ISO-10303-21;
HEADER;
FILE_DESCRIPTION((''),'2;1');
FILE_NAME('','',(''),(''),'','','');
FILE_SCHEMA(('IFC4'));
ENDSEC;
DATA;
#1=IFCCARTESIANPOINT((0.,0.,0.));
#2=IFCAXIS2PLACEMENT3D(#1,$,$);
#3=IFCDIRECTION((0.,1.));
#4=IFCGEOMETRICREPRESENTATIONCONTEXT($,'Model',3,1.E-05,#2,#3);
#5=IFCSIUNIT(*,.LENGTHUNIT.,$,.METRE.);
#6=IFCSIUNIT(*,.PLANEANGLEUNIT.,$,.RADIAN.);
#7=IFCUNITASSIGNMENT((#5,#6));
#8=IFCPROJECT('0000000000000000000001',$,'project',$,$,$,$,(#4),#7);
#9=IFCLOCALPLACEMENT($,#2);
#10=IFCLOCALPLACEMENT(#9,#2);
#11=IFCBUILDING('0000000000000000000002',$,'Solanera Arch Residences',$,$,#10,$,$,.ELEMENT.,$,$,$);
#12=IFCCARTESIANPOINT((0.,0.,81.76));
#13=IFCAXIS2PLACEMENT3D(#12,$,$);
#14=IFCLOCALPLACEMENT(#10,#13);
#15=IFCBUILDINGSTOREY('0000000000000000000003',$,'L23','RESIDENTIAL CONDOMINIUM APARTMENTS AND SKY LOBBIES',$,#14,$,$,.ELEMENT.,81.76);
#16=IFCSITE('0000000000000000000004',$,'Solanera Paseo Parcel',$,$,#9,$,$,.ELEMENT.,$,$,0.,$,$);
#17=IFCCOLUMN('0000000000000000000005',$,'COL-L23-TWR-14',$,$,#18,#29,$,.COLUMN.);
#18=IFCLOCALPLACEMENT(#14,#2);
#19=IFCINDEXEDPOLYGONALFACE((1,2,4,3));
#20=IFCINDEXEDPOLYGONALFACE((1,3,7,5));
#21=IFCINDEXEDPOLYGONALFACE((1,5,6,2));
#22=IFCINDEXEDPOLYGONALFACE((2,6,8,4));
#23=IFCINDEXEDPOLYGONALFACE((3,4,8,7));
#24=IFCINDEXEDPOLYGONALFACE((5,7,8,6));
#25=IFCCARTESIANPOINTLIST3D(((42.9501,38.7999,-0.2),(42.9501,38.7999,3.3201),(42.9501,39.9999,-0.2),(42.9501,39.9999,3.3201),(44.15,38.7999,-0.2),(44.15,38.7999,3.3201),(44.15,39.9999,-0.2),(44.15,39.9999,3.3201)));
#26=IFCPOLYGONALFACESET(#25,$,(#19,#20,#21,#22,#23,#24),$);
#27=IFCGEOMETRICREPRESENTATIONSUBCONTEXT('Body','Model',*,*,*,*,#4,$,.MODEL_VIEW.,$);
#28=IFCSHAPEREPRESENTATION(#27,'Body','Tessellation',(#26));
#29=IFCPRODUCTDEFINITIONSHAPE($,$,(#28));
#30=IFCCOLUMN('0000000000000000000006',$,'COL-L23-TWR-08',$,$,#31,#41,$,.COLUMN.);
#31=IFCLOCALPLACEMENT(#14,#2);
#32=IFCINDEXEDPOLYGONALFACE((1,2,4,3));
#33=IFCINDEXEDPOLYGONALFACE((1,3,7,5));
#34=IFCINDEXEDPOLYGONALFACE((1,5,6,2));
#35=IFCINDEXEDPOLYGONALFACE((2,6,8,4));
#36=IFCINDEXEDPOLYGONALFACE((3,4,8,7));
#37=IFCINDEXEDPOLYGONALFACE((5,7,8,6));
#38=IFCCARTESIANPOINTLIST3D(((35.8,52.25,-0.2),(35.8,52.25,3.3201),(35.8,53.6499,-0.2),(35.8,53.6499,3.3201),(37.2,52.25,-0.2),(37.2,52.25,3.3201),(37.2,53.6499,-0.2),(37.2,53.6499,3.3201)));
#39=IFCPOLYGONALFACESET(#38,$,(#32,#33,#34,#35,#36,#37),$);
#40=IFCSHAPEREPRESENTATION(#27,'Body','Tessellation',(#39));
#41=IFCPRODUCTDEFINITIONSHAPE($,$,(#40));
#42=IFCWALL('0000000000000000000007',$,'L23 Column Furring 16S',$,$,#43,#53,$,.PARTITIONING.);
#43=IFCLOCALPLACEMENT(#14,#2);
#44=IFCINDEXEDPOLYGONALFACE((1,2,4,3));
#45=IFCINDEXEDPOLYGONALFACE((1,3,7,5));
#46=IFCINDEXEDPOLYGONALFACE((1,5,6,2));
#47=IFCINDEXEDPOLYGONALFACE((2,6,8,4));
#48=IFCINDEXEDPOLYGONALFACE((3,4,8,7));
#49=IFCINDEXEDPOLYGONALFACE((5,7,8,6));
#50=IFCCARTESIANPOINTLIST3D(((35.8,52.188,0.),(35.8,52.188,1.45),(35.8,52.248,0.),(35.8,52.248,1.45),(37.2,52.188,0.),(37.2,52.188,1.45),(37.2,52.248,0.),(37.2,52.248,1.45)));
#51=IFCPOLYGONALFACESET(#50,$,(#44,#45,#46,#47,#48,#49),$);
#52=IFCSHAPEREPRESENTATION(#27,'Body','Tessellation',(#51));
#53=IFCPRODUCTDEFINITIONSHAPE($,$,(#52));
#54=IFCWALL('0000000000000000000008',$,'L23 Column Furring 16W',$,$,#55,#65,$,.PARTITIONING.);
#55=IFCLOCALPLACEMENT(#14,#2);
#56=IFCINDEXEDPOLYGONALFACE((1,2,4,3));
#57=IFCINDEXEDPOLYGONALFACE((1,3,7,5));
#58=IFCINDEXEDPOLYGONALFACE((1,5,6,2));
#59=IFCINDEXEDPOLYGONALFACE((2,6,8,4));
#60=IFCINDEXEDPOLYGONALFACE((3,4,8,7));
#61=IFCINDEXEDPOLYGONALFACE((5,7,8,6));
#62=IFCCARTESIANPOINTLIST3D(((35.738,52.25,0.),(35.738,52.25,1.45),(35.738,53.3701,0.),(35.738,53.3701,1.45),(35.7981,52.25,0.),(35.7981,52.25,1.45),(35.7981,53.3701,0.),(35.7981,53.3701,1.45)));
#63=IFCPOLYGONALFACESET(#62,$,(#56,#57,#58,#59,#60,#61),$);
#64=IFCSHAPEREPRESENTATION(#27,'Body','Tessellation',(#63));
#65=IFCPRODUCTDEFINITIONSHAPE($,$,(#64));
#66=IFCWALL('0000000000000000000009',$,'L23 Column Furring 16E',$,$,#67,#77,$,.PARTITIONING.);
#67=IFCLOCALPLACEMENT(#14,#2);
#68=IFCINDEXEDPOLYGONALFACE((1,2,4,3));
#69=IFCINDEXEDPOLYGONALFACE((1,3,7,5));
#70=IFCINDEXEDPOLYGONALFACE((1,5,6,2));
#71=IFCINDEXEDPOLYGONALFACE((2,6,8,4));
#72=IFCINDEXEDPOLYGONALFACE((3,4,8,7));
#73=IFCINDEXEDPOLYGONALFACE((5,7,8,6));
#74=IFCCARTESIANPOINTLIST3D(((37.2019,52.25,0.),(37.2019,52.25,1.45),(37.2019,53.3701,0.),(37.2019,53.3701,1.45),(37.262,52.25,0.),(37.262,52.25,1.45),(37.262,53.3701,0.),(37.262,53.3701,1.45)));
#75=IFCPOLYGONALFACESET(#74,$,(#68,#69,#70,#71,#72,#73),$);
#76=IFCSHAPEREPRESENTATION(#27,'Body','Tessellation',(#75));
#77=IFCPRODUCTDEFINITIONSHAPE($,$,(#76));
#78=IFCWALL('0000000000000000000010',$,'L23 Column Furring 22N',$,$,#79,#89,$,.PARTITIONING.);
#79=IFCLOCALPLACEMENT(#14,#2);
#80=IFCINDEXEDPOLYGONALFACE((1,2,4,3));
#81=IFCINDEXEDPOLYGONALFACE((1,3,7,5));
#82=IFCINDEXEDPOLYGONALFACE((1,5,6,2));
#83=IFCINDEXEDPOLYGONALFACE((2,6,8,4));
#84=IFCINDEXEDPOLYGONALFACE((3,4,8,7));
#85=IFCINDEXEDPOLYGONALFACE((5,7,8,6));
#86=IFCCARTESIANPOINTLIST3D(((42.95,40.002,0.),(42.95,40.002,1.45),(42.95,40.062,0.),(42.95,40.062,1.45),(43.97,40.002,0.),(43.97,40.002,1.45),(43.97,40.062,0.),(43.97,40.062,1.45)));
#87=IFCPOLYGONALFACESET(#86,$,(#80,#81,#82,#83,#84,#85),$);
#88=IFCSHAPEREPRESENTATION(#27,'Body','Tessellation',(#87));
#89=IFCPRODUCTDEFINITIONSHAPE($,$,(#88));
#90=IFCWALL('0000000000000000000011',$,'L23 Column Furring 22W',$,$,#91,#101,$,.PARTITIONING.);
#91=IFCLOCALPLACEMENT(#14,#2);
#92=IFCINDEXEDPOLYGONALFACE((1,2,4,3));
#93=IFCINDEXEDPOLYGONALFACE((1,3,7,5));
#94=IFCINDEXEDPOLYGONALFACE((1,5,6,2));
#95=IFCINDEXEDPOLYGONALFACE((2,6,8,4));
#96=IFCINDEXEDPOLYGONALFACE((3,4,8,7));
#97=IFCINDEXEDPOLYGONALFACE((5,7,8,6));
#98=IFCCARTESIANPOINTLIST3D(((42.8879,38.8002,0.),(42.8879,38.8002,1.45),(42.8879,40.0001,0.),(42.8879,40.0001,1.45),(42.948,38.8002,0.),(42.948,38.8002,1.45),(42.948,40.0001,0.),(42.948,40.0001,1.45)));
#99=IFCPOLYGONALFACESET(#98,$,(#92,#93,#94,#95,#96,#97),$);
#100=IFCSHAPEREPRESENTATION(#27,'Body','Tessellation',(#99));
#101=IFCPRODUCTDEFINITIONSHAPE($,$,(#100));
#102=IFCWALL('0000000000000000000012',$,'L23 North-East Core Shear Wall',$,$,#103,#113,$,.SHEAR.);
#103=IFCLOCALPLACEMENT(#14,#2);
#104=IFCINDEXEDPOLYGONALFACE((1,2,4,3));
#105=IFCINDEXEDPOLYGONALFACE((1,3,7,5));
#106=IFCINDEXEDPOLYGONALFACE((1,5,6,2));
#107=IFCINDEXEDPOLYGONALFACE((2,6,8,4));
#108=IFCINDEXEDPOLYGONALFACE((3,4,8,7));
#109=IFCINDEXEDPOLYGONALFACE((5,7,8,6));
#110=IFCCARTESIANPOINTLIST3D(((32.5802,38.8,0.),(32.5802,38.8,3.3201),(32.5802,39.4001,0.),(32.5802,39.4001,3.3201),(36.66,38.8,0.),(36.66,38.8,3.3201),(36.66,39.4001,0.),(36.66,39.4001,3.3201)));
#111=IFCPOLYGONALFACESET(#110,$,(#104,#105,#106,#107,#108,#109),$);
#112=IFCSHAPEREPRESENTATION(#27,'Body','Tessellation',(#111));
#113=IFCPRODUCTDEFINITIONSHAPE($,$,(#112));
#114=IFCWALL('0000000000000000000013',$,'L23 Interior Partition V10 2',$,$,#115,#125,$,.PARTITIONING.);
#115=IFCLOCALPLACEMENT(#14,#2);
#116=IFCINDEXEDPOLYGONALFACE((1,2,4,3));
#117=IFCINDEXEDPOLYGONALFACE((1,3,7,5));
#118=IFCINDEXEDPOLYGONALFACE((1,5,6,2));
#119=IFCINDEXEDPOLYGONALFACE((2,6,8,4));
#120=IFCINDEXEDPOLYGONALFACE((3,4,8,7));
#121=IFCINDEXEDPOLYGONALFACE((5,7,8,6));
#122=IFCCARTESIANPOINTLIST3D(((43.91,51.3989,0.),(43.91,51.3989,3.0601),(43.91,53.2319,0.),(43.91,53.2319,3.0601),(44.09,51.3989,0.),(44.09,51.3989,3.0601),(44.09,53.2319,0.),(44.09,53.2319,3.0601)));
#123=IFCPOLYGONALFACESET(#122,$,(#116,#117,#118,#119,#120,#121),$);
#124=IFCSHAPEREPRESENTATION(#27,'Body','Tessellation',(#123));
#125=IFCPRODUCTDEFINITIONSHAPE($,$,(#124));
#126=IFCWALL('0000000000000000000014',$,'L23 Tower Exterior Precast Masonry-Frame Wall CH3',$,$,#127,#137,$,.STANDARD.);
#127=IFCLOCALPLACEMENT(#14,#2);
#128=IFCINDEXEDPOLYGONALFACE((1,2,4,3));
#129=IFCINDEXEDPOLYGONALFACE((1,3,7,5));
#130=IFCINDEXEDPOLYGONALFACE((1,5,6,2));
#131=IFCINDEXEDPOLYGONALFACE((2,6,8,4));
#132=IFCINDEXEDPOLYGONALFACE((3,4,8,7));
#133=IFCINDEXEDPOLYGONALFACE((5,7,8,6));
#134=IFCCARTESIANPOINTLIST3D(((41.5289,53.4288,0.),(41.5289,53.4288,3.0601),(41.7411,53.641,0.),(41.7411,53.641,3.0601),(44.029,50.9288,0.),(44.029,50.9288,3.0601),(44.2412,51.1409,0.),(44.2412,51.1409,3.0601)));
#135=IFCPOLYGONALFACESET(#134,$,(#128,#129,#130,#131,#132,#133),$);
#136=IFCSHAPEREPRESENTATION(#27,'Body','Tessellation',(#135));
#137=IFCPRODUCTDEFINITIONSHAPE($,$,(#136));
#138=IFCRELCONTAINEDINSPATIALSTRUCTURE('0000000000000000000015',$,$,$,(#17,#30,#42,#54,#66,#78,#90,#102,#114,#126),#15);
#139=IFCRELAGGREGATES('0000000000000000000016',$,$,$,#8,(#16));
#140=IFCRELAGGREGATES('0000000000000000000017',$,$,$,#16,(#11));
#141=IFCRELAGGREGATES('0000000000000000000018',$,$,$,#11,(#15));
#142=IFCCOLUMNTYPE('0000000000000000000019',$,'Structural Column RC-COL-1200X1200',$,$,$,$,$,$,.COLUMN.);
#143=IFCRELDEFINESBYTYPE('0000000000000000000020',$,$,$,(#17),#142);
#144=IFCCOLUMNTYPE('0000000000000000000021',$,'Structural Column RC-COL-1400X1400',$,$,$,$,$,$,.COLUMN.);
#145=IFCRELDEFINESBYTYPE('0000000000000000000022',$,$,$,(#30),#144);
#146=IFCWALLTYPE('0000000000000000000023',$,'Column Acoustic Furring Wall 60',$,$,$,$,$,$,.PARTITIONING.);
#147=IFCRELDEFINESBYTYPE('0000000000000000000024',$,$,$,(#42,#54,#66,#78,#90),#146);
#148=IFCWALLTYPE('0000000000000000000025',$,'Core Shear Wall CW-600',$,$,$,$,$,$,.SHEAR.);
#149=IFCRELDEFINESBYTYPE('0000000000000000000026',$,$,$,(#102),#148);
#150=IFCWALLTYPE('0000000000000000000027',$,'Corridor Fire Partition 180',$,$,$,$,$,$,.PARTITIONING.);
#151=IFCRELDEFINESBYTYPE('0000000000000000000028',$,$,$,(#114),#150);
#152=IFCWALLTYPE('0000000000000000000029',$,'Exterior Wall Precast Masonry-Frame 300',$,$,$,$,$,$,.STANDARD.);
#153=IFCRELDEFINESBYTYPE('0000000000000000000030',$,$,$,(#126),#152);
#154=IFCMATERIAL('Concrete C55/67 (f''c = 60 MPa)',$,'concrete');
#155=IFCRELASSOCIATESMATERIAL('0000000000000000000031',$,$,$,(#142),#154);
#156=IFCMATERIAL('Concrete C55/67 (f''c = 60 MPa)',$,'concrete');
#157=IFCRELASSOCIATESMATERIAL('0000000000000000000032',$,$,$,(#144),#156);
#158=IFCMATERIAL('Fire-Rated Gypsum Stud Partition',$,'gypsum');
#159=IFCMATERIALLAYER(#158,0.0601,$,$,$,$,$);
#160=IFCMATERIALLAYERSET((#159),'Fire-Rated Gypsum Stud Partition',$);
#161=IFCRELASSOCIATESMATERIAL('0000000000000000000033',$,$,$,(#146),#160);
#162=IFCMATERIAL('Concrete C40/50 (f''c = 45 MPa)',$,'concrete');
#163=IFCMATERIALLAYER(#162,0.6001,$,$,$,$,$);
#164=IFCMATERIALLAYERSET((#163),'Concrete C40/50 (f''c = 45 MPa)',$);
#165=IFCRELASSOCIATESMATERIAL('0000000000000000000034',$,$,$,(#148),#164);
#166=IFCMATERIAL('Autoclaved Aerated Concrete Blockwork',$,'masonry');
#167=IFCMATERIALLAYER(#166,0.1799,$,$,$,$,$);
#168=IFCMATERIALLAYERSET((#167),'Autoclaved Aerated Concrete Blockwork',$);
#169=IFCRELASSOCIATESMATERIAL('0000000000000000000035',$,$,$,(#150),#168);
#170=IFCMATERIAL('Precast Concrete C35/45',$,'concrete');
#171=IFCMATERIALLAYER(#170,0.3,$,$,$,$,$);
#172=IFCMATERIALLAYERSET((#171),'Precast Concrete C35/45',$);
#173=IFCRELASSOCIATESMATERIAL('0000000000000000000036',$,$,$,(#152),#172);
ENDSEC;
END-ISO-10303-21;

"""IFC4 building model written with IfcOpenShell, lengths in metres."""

from ifc_helpers import new_model, si_unit, direction, frame, frame_2d, origin, origin_2d, place, context, subcontext, project, spatial, rectangle, extrude, material, layer, layer_set, material_profile, profile_set, type_object, element, save


model = new_model("IFC4")

# Units and contexts
model_context = context("Model", 3, precision=1e-05, world=origin(), true_north=direction((0.0, 1.0)))
body_context = subcontext(model_context, "Body", "Model", "MODEL_VIEW")
ifc_project = project(units=[si_unit("LENGTHUNIT", "METRE"), si_unit("PLANEANGLEUNIT", "RADIAN")], contexts=[model_context])

# Site, building, storey
site_placement = place(None, origin())
site = spatial("IfcSite", under=ifc_project, at=site_placement, Name="Solanera Paseo Parcel", CompositionType="ELEMENT", RefElevation=0.0)
building_placement = place(site_placement, origin())
building = spatial("IfcBuilding", under=site, at=building_placement, Name="Solanera Arch Residences", CompositionType="ELEMENT")
storey_placement = place(building_placement, frame((0.0, 0.0, 81.76)))
storey = spatial("IfcBuildingStorey", under=building, at=storey_placement, Name="L23", Description="RESIDENTIAL CONDOMINIUM APARTMENTS AND SKY LOBBIES", CompositionType="ELEMENT", Elevation=81.76)

# Columns
ifc_material_1 = material(Name="Concrete C55/67 (f'c = 60 MPa)", Category="concrete")
ifc_material_profile_1 = material_profile(ifc_material_1, rectangle(XDim=1.2, YDim=1.2, at=origin_2d()))
ifc_profile_set_1 = profile_set([ifc_material_profile_1], Name="Concrete C55/67 (f'c = 60 MPa)")
column_type_1 = type_object("IfcColumnType", Name="Structural Column RC-COL-1200X1200", PredefinedType="COLUMN", material=ifc_profile_set_1)
column_1_placement = place(storey_placement, frame((43.55, 39.3999, -0.2), z_axis=(0.0, 0.0, 1.0), x_axis=(1.0, 0.0, 0.0)))
element("IfcColumn", 1, at=column_1_placement, inside=storey, type_object=column_type_1, Name="COL-L23-TWR-14", PredefinedType="COLUMN", context=body_context, shape_type="SweptSolid", body=[
    extrude(rectangle(XDim=1.2, YDim=1.2, at=origin_2d()), origin(), (0.0, 0.0, 1.0), 3.52),
])
ifc_material_2 = material(Name="Concrete C55/67 (f'c = 60 MPa)", Category="concrete")
ifc_material_profile_2 = material_profile(ifc_material_2, rectangle(XDim=1.3999, YDim=1.3999, at=origin_2d()))
ifc_profile_set_2 = profile_set([ifc_material_profile_2], Name="Concrete C55/67 (f'c = 60 MPa)")
column_type_2 = type_object("IfcColumnType", Name="Structural Column RC-COL-1400X1400", PredefinedType="COLUMN", material=ifc_profile_set_2)
column_2_placement = place(storey_placement, frame((36.5, 52.95, -0.2), z_axis=(0.0, 0.0, 1.0), x_axis=(1.0, 0.0, 0.0)))
element("IfcColumn", 2, at=column_2_placement, inside=storey, type_object=column_type_2, Name="COL-L23-TWR-08", PredefinedType="COLUMN", context=body_context, shape_type="SweptSolid", body=[
    extrude(rectangle(XDim=1.3999, YDim=1.3999, at=origin_2d()), origin(), (0.0, 0.0, 1.0), 3.52),
])

# Walls
ifc_material_3 = material(Name="Fire-Rated Gypsum Stud Partition", Category="gypsum")
ifc_layer_1 = layer(ifc_material_3, 0.0601)
ifc_layer_set_1 = layer_set([ifc_layer_1], Name="Fire-Rated Gypsum Stud Partition")
wall_type_1 = type_object("IfcWallType", Name="Column Acoustic Furring Wall 60", PredefinedType="PARTITIONING", material=ifc_layer_set_1)
wall_1_placement = place(storey_placement, frame((35.8, 52.218, 0.0), z_axis=(0.0, 0.0, 1.0), x_axis=(1.0, 0.0, 0.0)))
element("IfcWall", 3, at=wall_1_placement, inside=storey, type_object=wall_type_1, Name="L23 Column Furring 16S", PredefinedType="PARTITIONING", context=body_context, shape_type="SweptSolid", body=[
    extrude(rectangle(XDim=1.3999, YDim=0.0601, at=frame_2d((0.7, 0.0))), origin(), (0.0, 0.0, 1.0), 1.45),
])
for number, where, z_axis, x_axis, name in (
    (4, (35.7681, 52.25, 0.0), (0.0, 0.0, 1.0), (0.0, 1.0, 0.0), "L23 Column Furring 16W"),
    (5, (37.2319, 52.25, 0.0), (0.0, 0.0, 1.0), (0.0, 1.0, 0.0), "L23 Column Furring 16E"),
):
    element("IfcWall", number, at=place(storey_placement, frame(where, z_axis=z_axis, x_axis=x_axis)), inside=storey, type_object=wall_type_1, Name=name, PredefinedType="PARTITIONING", context=body_context, shape_type="SweptSolid", body=[
        extrude(rectangle(XDim=1.1201, YDim=0.0601, at=frame_2d((0.5601, 0.0))), origin(), (0.0, 0.0, 1.0), 1.45),
    ])
wall_2_placement = place(storey_placement, frame((42.95, 40.032, 0.0), z_axis=(0.0, 0.0, 1.0), x_axis=(1.0, 0.0, 0.0)))
element("IfcWall", 6, at=wall_2_placement, inside=storey, type_object=wall_type_1, Name="L23 Column Furring 22N", PredefinedType="PARTITIONING", context=body_context, shape_type="SweptSolid", body=[
    extrude(rectangle(XDim=1.02, YDim=0.0601, at=frame_2d((0.51, 0.0))), origin(), (0.0, 0.0, 1.0), 1.45),
])
wall_3_placement = place(storey_placement, frame((42.918, 38.8, 0.0), z_axis=(0.0, 0.0, 1.0), x_axis=(0.0, 1.0, 0.0)))
element("IfcWall", 7, at=wall_3_placement, inside=storey, type_object=wall_type_1, Name="L23 Column Furring 22W", PredefinedType="PARTITIONING", context=body_context, shape_type="SweptSolid", body=[
    extrude(rectangle(XDim=1.2, YDim=0.0601, at=frame_2d((0.6001, 0.0))), origin(), (0.0, 0.0, 1.0), 1.45),
])
ifc_material_4 = material(Name="Concrete C40/50 (f'c = 45 MPa)", Category="concrete")
ifc_layer_2 = layer(ifc_material_4, 0.6001)
ifc_layer_set_2 = layer_set([ifc_layer_2], Name="Concrete C40/50 (f'c = 45 MPa)")
wall_type_2 = type_object("IfcWallType", Name="Core Shear Wall CW-600", PredefinedType="SHEAR", material=ifc_layer_set_2)
wall_4_placement = place(storey_placement, frame((32.5801, 39.1001, 0.0), z_axis=(0.0, 0.0, 1.0), x_axis=(1.0, 0.0, 0.0)))
element("IfcWall", 8, at=wall_4_placement, inside=storey, type_object=wall_type_2, Name="L23 North-East Core Shear Wall", PredefinedType="SHEAR", context=body_context, shape_type="SweptSolid", body=[
    extrude(rectangle(XDim=4.0798, YDim=0.6001, at=frame_2d((2.04, 0.0))), origin(), (0.0, 0.0, 1.0), 3.3201),
])
ifc_material_5 = material(Name="Autoclaved Aerated Concrete Blockwork", Category="masonry")
ifc_layer_3 = layer(ifc_material_5, 0.1799)
ifc_layer_set_3 = layer_set([ifc_layer_3], Name="Autoclaved Aerated Concrete Blockwork")
wall_type_3 = type_object("IfcWallType", Name="Corridor Fire Partition 180", PredefinedType="PARTITIONING", material=ifc_layer_set_3)
wall_5_placement = place(storey_placement, frame((44.0, 51.3989, 0.0), z_axis=(0.0, 0.0, 1.0), x_axis=(0.0, 1.0, 0.0)))
element("IfcWall", 9, at=wall_5_placement, inside=storey, type_object=wall_type_3, Name="L23 Interior Partition V10 2", PredefinedType="PARTITIONING", context=body_context, shape_type="SweptSolid", body=[
    extrude(rectangle(XDim=1.833, YDim=0.1799, at=frame_2d((0.9165, 0.0))), origin(), (0.0, 0.0, 1.0), 3.0601),
])
ifc_material_6 = material(Name="Precast Concrete C35/45", Category="concrete")
ifc_layer_4 = layer(ifc_material_6, 0.3)
ifc_layer_set_4 = layer_set([ifc_layer_4], Name="Precast Concrete C35/45")
wall_type_4 = type_object("IfcWallType", Name="Exterior Wall Precast Masonry-Frame 300", PredefinedType="STANDARD", material=ifc_layer_set_4)
wall_6_placement = place(storey_placement, frame((41.635, 53.5349, 0.0), z_axis=(0.0, 0.0, 1.0), x_axis=(0.707107, -0.707107, 0.0)))
element("IfcWall", 10, at=wall_6_placement, inside=storey, type_object=wall_type_4, Name="L23 Tower Exterior Precast Masonry-Frame Wall CH3", PredefinedType="STANDARD", context=body_context, shape_type="SweptSolid", body=[
    extrude(rectangle(XDim=3.5356, YDim=0.3, at=frame_2d((1.7678, 0.0))), origin(), (0.0, 0.0, 1.0), 3.0601),
])

save(model, "model.ifc")
